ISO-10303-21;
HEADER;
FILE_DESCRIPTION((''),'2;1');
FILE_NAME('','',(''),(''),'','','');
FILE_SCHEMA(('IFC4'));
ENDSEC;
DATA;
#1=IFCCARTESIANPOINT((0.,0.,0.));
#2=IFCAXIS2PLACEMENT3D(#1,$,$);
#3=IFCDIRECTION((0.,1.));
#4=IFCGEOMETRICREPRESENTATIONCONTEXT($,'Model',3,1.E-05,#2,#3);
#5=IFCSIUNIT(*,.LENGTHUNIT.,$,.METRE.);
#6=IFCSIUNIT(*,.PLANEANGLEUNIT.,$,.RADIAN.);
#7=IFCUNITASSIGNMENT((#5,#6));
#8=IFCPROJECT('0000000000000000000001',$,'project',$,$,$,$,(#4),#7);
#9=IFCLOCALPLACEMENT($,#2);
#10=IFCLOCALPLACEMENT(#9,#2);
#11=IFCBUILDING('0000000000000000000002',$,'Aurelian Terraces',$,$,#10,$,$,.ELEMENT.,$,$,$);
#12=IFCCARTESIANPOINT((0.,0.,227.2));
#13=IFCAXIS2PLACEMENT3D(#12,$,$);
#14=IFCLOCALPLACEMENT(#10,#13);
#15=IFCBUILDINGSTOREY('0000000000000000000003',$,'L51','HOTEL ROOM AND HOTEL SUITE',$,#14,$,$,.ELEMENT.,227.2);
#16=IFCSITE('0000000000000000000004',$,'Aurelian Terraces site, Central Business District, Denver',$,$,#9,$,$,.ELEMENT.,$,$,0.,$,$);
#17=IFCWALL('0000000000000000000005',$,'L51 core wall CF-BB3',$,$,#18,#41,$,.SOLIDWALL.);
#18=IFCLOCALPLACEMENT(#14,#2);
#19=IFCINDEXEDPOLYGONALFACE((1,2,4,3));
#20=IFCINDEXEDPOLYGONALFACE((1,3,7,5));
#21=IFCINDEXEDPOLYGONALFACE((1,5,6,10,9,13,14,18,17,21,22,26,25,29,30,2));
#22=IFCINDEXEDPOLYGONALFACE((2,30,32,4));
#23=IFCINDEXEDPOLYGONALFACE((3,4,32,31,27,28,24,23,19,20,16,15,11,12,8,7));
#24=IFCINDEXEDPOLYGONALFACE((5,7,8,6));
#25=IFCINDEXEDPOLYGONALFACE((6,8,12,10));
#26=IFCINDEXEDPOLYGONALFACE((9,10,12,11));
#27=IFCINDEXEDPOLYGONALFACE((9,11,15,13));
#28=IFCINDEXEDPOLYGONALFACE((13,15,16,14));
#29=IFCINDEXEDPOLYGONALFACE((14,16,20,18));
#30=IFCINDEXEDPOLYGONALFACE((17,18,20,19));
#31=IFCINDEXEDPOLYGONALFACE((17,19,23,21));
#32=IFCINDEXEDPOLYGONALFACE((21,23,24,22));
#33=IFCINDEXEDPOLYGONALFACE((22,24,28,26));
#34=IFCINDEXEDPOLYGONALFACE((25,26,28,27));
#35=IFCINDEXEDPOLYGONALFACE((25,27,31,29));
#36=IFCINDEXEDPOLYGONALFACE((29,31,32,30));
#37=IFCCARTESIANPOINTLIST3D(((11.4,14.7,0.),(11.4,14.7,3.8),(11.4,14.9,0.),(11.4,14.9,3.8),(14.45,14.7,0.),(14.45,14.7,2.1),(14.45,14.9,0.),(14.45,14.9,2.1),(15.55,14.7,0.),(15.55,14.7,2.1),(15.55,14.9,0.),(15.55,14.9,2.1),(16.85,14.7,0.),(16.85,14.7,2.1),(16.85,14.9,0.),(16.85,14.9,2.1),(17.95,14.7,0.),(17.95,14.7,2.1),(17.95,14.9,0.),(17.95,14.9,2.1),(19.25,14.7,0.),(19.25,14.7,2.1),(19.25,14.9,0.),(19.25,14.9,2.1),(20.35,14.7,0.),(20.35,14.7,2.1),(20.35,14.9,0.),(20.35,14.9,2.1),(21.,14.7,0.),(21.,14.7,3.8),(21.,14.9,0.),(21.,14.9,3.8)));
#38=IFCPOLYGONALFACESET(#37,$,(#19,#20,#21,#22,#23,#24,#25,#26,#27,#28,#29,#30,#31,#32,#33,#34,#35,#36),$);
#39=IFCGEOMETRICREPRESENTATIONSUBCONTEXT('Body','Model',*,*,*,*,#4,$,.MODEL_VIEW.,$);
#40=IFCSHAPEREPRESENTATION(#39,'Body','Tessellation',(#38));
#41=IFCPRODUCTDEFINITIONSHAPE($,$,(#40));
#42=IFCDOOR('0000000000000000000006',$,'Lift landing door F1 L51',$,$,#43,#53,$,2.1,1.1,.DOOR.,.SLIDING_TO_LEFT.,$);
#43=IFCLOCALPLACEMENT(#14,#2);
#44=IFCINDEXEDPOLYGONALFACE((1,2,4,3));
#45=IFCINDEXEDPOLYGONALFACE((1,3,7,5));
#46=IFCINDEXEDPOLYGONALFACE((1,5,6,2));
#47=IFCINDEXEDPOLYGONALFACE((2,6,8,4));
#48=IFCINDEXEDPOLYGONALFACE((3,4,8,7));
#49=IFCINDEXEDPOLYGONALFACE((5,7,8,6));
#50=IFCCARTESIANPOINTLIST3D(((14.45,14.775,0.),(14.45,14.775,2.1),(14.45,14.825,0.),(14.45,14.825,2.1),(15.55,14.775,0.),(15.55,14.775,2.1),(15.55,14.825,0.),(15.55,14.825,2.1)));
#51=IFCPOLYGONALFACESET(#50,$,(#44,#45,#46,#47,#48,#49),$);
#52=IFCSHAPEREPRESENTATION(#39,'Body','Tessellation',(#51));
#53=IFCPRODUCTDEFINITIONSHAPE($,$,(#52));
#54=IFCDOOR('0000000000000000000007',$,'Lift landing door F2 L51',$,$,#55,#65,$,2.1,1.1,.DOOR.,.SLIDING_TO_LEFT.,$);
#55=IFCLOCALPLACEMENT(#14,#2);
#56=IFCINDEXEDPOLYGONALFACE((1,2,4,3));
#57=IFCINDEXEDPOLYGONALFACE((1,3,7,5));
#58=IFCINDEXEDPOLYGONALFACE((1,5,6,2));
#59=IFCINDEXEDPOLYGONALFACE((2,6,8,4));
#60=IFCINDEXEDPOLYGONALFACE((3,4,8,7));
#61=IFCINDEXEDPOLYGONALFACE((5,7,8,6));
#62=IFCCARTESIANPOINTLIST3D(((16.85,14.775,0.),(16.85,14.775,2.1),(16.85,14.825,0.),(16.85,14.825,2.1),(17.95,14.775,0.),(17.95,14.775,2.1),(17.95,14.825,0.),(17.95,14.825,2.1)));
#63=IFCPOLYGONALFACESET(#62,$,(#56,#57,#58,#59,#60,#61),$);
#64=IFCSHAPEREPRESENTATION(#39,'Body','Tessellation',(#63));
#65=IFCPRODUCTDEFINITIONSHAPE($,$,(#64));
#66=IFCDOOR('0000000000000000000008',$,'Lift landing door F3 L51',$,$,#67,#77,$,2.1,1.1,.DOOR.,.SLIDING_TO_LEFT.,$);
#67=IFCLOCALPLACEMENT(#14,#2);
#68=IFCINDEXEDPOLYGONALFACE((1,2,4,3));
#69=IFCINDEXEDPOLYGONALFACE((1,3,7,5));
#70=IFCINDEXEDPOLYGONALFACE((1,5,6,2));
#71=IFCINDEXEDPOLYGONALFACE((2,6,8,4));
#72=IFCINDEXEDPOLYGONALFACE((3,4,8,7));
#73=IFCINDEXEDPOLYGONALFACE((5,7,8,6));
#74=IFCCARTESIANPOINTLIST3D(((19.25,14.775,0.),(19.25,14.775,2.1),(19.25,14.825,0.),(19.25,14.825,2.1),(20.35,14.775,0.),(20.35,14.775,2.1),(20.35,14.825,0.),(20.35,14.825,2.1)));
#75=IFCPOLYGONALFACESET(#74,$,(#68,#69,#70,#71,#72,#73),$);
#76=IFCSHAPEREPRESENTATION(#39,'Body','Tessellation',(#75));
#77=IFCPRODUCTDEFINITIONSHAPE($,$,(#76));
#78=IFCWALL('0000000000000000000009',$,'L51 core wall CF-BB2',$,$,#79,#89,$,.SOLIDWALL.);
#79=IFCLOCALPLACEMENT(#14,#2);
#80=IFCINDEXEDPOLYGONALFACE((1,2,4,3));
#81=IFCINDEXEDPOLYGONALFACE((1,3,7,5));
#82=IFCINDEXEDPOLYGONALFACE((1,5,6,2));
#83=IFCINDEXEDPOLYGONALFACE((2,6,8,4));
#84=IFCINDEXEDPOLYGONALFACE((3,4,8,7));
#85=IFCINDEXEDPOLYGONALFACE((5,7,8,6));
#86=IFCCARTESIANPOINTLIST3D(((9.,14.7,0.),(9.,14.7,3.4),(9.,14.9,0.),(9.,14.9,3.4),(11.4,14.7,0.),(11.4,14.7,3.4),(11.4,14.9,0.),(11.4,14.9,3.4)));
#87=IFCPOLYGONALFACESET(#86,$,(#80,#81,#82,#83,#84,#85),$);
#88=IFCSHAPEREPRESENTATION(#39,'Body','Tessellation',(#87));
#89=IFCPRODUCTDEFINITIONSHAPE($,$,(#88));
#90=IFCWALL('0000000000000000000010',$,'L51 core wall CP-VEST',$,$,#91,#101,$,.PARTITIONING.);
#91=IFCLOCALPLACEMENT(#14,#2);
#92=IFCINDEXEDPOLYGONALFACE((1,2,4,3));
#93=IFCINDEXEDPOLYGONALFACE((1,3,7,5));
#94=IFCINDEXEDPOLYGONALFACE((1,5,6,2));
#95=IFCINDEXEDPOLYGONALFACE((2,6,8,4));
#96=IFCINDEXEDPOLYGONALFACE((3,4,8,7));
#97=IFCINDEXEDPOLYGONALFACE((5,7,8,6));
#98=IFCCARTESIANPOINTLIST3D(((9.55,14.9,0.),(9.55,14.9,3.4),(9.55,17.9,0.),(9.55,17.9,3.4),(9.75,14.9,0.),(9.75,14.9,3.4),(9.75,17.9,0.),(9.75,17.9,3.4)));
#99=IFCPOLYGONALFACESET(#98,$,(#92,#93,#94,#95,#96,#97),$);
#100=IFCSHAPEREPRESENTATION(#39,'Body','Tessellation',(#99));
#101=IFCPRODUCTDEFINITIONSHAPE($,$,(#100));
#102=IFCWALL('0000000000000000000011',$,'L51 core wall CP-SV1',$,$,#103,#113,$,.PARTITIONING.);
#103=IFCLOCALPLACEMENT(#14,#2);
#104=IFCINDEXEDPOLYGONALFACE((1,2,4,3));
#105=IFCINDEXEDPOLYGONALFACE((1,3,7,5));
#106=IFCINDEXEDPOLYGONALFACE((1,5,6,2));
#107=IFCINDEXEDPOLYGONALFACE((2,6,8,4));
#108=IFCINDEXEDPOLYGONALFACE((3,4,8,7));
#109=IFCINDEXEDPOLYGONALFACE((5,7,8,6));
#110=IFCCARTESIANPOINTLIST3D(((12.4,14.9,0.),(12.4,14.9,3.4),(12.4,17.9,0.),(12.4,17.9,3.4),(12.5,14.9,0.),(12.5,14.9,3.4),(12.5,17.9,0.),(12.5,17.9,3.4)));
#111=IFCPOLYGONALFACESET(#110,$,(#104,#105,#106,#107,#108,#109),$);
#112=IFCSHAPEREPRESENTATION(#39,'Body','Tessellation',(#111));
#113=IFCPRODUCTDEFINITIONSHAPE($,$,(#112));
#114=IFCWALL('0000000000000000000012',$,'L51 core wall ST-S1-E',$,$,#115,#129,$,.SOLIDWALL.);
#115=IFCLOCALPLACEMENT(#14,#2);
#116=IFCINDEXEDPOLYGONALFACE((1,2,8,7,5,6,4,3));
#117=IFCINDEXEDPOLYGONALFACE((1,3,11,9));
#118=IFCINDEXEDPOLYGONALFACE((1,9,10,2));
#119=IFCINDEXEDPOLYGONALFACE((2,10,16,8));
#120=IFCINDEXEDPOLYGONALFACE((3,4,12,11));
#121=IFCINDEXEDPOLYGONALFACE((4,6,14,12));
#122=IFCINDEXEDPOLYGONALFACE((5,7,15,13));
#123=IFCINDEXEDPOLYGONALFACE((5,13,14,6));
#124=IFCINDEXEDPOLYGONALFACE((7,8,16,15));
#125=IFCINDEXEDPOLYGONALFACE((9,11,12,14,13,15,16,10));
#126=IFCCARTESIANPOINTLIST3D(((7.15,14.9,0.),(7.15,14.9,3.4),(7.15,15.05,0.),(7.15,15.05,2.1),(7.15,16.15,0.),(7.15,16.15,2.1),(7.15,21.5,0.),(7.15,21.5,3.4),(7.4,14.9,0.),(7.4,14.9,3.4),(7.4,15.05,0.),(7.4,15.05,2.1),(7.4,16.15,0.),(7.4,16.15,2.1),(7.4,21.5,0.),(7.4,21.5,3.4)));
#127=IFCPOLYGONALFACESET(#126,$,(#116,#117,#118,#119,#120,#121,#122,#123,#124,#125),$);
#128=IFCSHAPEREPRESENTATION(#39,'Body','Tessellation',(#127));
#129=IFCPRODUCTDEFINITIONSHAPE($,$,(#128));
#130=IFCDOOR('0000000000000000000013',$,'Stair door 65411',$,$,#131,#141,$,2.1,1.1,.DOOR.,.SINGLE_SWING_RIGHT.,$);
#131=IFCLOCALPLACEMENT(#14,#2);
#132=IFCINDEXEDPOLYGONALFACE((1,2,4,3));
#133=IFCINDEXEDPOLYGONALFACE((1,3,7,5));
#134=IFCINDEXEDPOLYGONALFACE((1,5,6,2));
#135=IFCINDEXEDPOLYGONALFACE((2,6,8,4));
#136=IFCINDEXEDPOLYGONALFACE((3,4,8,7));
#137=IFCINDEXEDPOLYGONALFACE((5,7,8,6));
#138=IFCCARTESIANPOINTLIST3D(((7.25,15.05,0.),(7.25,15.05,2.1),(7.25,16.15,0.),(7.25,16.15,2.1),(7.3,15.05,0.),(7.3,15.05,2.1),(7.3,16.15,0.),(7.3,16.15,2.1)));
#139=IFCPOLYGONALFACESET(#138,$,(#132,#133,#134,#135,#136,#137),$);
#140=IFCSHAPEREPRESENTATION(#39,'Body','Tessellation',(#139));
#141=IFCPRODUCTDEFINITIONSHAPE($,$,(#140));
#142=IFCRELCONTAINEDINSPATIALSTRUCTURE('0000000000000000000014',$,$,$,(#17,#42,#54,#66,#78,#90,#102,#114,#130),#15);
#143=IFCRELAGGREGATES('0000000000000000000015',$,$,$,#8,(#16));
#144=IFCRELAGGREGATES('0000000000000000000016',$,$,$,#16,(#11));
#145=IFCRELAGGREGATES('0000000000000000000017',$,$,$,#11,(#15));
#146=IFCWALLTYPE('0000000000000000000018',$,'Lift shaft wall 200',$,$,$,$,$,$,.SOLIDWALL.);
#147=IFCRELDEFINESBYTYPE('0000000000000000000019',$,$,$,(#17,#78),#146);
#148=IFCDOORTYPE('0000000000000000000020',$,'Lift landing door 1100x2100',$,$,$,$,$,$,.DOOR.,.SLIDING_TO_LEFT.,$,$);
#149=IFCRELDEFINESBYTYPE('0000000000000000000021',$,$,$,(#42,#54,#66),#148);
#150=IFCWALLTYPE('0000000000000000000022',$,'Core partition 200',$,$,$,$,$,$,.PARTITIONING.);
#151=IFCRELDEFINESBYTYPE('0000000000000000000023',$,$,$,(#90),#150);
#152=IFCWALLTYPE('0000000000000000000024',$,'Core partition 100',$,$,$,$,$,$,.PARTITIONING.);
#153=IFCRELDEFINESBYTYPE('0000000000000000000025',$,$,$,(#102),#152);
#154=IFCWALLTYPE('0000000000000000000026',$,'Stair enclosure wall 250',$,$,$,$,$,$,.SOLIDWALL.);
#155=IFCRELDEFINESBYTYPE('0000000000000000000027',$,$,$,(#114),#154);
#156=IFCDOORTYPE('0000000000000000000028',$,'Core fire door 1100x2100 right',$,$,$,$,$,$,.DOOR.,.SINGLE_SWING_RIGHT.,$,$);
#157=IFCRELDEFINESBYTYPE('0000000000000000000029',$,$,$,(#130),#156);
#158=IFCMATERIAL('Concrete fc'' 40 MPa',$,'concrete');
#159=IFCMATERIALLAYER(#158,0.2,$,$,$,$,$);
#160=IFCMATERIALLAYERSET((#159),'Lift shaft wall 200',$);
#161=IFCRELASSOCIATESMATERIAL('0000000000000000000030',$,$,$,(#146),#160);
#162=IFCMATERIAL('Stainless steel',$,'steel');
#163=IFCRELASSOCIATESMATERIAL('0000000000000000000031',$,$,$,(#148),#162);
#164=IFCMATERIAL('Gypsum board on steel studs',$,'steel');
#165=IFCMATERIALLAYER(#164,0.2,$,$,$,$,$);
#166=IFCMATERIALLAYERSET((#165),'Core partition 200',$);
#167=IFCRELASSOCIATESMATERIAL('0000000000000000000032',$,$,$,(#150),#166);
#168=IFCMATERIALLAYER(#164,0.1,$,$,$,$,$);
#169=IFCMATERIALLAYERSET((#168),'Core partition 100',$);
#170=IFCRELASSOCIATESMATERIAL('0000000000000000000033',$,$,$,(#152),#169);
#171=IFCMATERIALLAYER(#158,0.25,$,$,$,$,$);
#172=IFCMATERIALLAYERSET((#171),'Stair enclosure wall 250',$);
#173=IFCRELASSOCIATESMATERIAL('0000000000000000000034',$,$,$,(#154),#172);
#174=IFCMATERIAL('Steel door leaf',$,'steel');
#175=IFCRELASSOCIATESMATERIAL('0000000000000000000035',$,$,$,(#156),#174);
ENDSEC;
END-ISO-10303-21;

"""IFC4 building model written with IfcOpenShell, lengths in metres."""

from ifc_helpers import new_model, si_unit, direction, frame, frame_2d, origin, place, context, subcontext, project, spatial, rectangle, extrude, source, transform, mapped, material, layer, layer_set, type_object, element, fill, save


model = new_model("IFC4")

# Units and contexts
model_context = context("Model", 3, precision=1e-05, world=origin(), true_north=direction((0.0, 1.0)))
body_context = subcontext(model_context, "Body", "Model", "MODEL_VIEW")
ifc_project = project(units=[si_unit("LENGTHUNIT", "METRE"), si_unit("PLANEANGLEUNIT", "RADIAN")], contexts=[model_context])

# Site, building, storey
site_placement = place(None, origin())
site = spatial("IfcSite", under=ifc_project, at=site_placement, Name="Aurelian Terraces site, Central Business District, Denver", CompositionType="ELEMENT", RefElevation=0.0)
building_placement = place(site_placement, origin())
building = spatial("IfcBuilding", under=site, at=building_placement, Name="Aurelian Terraces", CompositionType="ELEMENT")
storey_placement = place(building_placement, frame((0.0, 0.0, 227.2)))
storey = spatial("IfcBuildingStorey", under=building, at=storey_placement, Name="L51", Description="HOTEL ROOM AND HOTEL SUITE", CompositionType="ELEMENT", Elevation=227.2)

# Wall, openings, doors
ifc_material_1 = material(Name="Concrete fc' 40 MPa", Category="concrete")
ifc_layer_1 = layer(ifc_material_1, 0.2)
ifc_layer_set_1 = layer_set([ifc_layer_1], Name="Lift shaft wall 200")
wall_type_1 = type_object("IfcWallType", Name="Lift shaft wall 200", PredefinedType="SOLIDWALL", material=ifc_layer_set_1)
shared_shape_1 = source(origin(), body_context, "Body", "SweptSolid", [
    extrude(rectangle(XDim=9.6, YDim=0.2, at=frame_2d((4.8, 0.0))), origin(), (0.0, 0.0, 1.0), 3.8),
])
wall_1_placement = place(storey_placement, frame((11.4, 14.8, 0.0), z_axis=(0.0, 0.0, 1.0), x_axis=(1.0, 0.0, 0.0)))
wall_1 = element("IfcWall", 1, at=wall_1_placement, inside=storey, type_object=wall_type_1, Name="L51 core wall CF-BB3", PredefinedType="SOLIDWALL", context=body_context, shape_type="MappedRepresentation", body=[
    mapped(shared_shape_1, transform((0.0, 0.0, 0.0), scale=1.0)),
])
shared_shape_2 = source(origin(), body_context, "Body", "SweptSolid", [
    extrude(rectangle(XDim=1.1, YDim=2.1, at=frame_2d((0.55, 1.05))), frame((0.0, 0.11, 0.0), z_axis=(0.0, -1.0, 0.0), x_axis=(1.0, 0.0, 0.0)), (0.0, 0.0, 1.0), 0.22),
])
opening_1_placement = place(wall_1_placement, frame((3.05, 0.0, 0.0)))
opening_1 = element("IfcOpeningElement", 2, at=opening_1_placement, cuts=wall_1, PredefinedType="OPENING", context=body_context, shape_type="MappedRepresentation", body=[
    mapped(shared_shape_2, transform((0.0, 0.0, 0.0), scale=1.0)),
])
opening_2_placement = place(wall_1_placement, frame((5.45, 0.0, 0.0)))
opening_2 = element("IfcOpeningElement", 3, at=opening_2_placement, cuts=wall_1, PredefinedType="OPENING", context=body_context, shape_type="MappedRepresentation", body=[
    mapped(shared_shape_2, transform((0.0, 0.0, 0.0), scale=1.0)),
])
opening_3_placement = place(wall_1_placement, frame((7.85, 0.0, 0.0)))
opening_3 = element("IfcOpeningElement", 4, at=opening_3_placement, cuts=wall_1, PredefinedType="OPENING", context=body_context, shape_type="MappedRepresentation", body=[
    mapped(shared_shape_2, transform((0.0, 0.0, 0.0), scale=1.0)),
])
ifc_material_2 = material(Name="Stainless steel", Category="steel")
door_type_1 = type_object("IfcDoorType", Name="Lift landing door 1100x2100", OperationType="SLIDING_TO_LEFT", PredefinedType="DOOR", material=ifc_material_2)
shared_shape_3 = source(origin(), body_context, "Body", "SweptSolid", [
    extrude(rectangle(XDim=1.1, YDim=2.1, at=frame_2d((0.55, 1.05))), frame((0.0, 0.025, 0.0), z_axis=(0.0, -1.0, 0.0), x_axis=(1.0, 0.0, 0.0)), (0.0, 0.0, 1.0), 0.05),
])
door_1_placement = place(opening_1_placement, origin())
door_1 = element("IfcDoor", 5, at=door_1_placement, inside=storey, type_object=door_type_1, Name="Lift landing door F1 L51", OperationType="SLIDING_TO_LEFT", OverallHeight=2.1, OverallWidth=1.1, PredefinedType="DOOR", context=body_context, shape_type="MappedRepresentation", body=[
    mapped(shared_shape_3, transform((0.0, 0.0, 0.0), scale=1.0)),
])
fill(opening_1, door_1)
door_2_placement = place(opening_2_placement, origin())
door_2 = element("IfcDoor", 6, at=door_2_placement, inside=storey, type_object=door_type_1, Name="Lift landing door F2 L51", OperationType="SLIDING_TO_LEFT", OverallHeight=2.1, OverallWidth=1.1, PredefinedType="DOOR", context=body_context, shape_type="MappedRepresentation", body=[
    mapped(shared_shape_3, transform((0.0, 0.0, 0.0), scale=1.0)),
])
fill(opening_2, door_2)
door_3_placement = place(opening_3_placement, origin())
door_3 = element("IfcDoor", 7, at=door_3_placement, inside=storey, type_object=door_type_1, Name="Lift landing door F3 L51", OperationType="SLIDING_TO_LEFT", OverallHeight=2.1, OverallWidth=1.1, PredefinedType="DOOR", context=body_context, shape_type="MappedRepresentation", body=[
    mapped(shared_shape_3, transform((0.0, 0.0, 0.0), scale=1.0)),
])
fill(opening_3, door_3)

# Walls
shared_shape_4 = source(origin(), body_context, "Body", "SweptSolid", [
    extrude(rectangle(XDim=2.4, YDim=0.2, at=frame_2d((1.2, 0.0))), origin(), (0.0, 0.0, 1.0), 3.4),
])
wall_2_placement = place(storey_placement, frame((9.0, 14.8, 0.0), z_axis=(0.0, 0.0, 1.0), x_axis=(1.0, 0.0, 0.0)))
element("IfcWall", 8, at=wall_2_placement, inside=storey, type_object=wall_type_1, Name="L51 core wall CF-BB2", PredefinedType="SOLIDWALL", context=body_context, shape_type="MappedRepresentation", body=[
    mapped(shared_shape_4, transform((0.0, 0.0, 0.0), scale=1.0)),
])
ifc_material_3 = material(Name="Gypsum board on steel studs", Category="steel")
ifc_layer_2 = layer(ifc_material_3, 0.2)
ifc_layer_set_2 = layer_set([ifc_layer_2], Name="Core partition 200")
wall_type_2 = type_object("IfcWallType", Name="Core partition 200", PredefinedType="PARTITIONING", material=ifc_layer_set_2)
shared_shape_5 = source(origin(), body_context, "Body", "SweptSolid", [
    extrude(rectangle(XDim=3.0, YDim=0.2, at=frame_2d((1.5, 0.0))), origin(), (0.0, 0.0, 1.0), 3.4),
])
wall_3_placement = place(storey_placement, frame((9.65, 14.9, 0.0), z_axis=(0.0, 0.0, 1.0), x_axis=(0.0, 1.0, 0.0)))
element("IfcWall", 9, at=wall_3_placement, inside=storey, type_object=wall_type_2, Name="L51 core wall CP-VEST", PredefinedType="PARTITIONING", context=body_context, shape_type="MappedRepresentation", body=[
    mapped(shared_shape_5, transform((0.0, 0.0, 0.0), scale=1.0)),
])
ifc_layer_3 = layer(ifc_material_3, 0.1)
ifc_layer_set_3 = layer_set([ifc_layer_3], Name="Core partition 100")
wall_type_3 = type_object("IfcWallType", Name="Core partition 100", PredefinedType="PARTITIONING", material=ifc_layer_set_3)
shared_shape_6 = source(origin(), body_context, "Body", "SweptSolid", [
    extrude(rectangle(XDim=3.0, YDim=0.1, at=frame_2d((1.5, 0.0))), origin(), (0.0, 0.0, 1.0), 3.4),
])
wall_4_placement = place(storey_placement, frame((12.45, 14.9, 0.0), z_axis=(0.0, 0.0, 1.0), x_axis=(0.0, 1.0, 0.0)))
element("IfcWall", 10, at=wall_4_placement, inside=storey, type_object=wall_type_3, Name="L51 core wall CP-SV1", PredefinedType="PARTITIONING", context=body_context, shape_type="MappedRepresentation", body=[
    mapped(shared_shape_6, transform((0.0, 0.0, 0.0), scale=1.0)),
])

# Wall, opening, door
ifc_layer_4 = layer(ifc_material_1, 0.25)
ifc_layer_set_4 = layer_set([ifc_layer_4], Name="Stair enclosure wall 250")
wall_type_4 = type_object("IfcWallType", Name="Stair enclosure wall 250", PredefinedType="SOLIDWALL", material=ifc_layer_set_4)
shared_shape_7 = source(origin(), body_context, "Body", "SweptSolid", [
    extrude(rectangle(XDim=6.6, YDim=0.25, at=frame_2d((3.3, 0.0))), origin(), (0.0, 0.0, 1.0), 3.4),
])
wall_5_placement = place(storey_placement, frame((7.275, 14.9, 0.0), z_axis=(0.0, 0.0, 1.0), x_axis=(0.0, 1.0, 0.0)))
wall_5 = element("IfcWall", 11, at=wall_5_placement, inside=storey, type_object=wall_type_4, Name="L51 core wall ST-S1-E", PredefinedType="SOLIDWALL", context=body_context, shape_type="MappedRepresentation", body=[
    mapped(shared_shape_7, transform((0.0, 0.0, 0.0), scale=1.0)),
])
shared_shape_8 = source(origin(), body_context, "Body", "SweptSolid", [
    extrude(rectangle(XDim=1.1, YDim=2.1, at=frame_2d((0.55, 1.05))), frame((0.0, 0.135, 0.0), z_axis=(0.0, -1.0, 0.0), x_axis=(1.0, 0.0, 0.0)), (0.0, 0.0, 1.0), 0.27),
])
opening_4_placement = place(wall_5_placement, frame((0.15, 0.0, 0.0)))
opening_4 = element("IfcOpeningElement", 12, at=opening_4_placement, cuts=wall_5, PredefinedType="OPENING", context=body_context, shape_type="MappedRepresentation", body=[
    mapped(shared_shape_8, transform((0.0, 0.0, 0.0), scale=1.0)),
])
ifc_material_4 = material(Name="Steel door leaf", Category="steel")
door_type_2 = type_object("IfcDoorType", Name="Core fire door 1100x2100 right", OperationType="SINGLE_SWING_RIGHT", PredefinedType="DOOR", material=ifc_material_4)
door_4_placement = place(opening_4_placement, origin())
door_4 = element("IfcDoor", 13, at=door_4_placement, inside=storey, type_object=door_type_2, Name="Stair door 65411", OperationType="SINGLE_SWING_RIGHT", OverallHeight=2.1, OverallWidth=1.1, PredefinedType="DOOR", context=body_context, shape_type="MappedRepresentation", body=[
    mapped(shared_shape_3, transform((0.0, 0.0, 0.0), scale=1.0)),
])
fill(opening_4, door_4)

save(model, "model.ifc")
